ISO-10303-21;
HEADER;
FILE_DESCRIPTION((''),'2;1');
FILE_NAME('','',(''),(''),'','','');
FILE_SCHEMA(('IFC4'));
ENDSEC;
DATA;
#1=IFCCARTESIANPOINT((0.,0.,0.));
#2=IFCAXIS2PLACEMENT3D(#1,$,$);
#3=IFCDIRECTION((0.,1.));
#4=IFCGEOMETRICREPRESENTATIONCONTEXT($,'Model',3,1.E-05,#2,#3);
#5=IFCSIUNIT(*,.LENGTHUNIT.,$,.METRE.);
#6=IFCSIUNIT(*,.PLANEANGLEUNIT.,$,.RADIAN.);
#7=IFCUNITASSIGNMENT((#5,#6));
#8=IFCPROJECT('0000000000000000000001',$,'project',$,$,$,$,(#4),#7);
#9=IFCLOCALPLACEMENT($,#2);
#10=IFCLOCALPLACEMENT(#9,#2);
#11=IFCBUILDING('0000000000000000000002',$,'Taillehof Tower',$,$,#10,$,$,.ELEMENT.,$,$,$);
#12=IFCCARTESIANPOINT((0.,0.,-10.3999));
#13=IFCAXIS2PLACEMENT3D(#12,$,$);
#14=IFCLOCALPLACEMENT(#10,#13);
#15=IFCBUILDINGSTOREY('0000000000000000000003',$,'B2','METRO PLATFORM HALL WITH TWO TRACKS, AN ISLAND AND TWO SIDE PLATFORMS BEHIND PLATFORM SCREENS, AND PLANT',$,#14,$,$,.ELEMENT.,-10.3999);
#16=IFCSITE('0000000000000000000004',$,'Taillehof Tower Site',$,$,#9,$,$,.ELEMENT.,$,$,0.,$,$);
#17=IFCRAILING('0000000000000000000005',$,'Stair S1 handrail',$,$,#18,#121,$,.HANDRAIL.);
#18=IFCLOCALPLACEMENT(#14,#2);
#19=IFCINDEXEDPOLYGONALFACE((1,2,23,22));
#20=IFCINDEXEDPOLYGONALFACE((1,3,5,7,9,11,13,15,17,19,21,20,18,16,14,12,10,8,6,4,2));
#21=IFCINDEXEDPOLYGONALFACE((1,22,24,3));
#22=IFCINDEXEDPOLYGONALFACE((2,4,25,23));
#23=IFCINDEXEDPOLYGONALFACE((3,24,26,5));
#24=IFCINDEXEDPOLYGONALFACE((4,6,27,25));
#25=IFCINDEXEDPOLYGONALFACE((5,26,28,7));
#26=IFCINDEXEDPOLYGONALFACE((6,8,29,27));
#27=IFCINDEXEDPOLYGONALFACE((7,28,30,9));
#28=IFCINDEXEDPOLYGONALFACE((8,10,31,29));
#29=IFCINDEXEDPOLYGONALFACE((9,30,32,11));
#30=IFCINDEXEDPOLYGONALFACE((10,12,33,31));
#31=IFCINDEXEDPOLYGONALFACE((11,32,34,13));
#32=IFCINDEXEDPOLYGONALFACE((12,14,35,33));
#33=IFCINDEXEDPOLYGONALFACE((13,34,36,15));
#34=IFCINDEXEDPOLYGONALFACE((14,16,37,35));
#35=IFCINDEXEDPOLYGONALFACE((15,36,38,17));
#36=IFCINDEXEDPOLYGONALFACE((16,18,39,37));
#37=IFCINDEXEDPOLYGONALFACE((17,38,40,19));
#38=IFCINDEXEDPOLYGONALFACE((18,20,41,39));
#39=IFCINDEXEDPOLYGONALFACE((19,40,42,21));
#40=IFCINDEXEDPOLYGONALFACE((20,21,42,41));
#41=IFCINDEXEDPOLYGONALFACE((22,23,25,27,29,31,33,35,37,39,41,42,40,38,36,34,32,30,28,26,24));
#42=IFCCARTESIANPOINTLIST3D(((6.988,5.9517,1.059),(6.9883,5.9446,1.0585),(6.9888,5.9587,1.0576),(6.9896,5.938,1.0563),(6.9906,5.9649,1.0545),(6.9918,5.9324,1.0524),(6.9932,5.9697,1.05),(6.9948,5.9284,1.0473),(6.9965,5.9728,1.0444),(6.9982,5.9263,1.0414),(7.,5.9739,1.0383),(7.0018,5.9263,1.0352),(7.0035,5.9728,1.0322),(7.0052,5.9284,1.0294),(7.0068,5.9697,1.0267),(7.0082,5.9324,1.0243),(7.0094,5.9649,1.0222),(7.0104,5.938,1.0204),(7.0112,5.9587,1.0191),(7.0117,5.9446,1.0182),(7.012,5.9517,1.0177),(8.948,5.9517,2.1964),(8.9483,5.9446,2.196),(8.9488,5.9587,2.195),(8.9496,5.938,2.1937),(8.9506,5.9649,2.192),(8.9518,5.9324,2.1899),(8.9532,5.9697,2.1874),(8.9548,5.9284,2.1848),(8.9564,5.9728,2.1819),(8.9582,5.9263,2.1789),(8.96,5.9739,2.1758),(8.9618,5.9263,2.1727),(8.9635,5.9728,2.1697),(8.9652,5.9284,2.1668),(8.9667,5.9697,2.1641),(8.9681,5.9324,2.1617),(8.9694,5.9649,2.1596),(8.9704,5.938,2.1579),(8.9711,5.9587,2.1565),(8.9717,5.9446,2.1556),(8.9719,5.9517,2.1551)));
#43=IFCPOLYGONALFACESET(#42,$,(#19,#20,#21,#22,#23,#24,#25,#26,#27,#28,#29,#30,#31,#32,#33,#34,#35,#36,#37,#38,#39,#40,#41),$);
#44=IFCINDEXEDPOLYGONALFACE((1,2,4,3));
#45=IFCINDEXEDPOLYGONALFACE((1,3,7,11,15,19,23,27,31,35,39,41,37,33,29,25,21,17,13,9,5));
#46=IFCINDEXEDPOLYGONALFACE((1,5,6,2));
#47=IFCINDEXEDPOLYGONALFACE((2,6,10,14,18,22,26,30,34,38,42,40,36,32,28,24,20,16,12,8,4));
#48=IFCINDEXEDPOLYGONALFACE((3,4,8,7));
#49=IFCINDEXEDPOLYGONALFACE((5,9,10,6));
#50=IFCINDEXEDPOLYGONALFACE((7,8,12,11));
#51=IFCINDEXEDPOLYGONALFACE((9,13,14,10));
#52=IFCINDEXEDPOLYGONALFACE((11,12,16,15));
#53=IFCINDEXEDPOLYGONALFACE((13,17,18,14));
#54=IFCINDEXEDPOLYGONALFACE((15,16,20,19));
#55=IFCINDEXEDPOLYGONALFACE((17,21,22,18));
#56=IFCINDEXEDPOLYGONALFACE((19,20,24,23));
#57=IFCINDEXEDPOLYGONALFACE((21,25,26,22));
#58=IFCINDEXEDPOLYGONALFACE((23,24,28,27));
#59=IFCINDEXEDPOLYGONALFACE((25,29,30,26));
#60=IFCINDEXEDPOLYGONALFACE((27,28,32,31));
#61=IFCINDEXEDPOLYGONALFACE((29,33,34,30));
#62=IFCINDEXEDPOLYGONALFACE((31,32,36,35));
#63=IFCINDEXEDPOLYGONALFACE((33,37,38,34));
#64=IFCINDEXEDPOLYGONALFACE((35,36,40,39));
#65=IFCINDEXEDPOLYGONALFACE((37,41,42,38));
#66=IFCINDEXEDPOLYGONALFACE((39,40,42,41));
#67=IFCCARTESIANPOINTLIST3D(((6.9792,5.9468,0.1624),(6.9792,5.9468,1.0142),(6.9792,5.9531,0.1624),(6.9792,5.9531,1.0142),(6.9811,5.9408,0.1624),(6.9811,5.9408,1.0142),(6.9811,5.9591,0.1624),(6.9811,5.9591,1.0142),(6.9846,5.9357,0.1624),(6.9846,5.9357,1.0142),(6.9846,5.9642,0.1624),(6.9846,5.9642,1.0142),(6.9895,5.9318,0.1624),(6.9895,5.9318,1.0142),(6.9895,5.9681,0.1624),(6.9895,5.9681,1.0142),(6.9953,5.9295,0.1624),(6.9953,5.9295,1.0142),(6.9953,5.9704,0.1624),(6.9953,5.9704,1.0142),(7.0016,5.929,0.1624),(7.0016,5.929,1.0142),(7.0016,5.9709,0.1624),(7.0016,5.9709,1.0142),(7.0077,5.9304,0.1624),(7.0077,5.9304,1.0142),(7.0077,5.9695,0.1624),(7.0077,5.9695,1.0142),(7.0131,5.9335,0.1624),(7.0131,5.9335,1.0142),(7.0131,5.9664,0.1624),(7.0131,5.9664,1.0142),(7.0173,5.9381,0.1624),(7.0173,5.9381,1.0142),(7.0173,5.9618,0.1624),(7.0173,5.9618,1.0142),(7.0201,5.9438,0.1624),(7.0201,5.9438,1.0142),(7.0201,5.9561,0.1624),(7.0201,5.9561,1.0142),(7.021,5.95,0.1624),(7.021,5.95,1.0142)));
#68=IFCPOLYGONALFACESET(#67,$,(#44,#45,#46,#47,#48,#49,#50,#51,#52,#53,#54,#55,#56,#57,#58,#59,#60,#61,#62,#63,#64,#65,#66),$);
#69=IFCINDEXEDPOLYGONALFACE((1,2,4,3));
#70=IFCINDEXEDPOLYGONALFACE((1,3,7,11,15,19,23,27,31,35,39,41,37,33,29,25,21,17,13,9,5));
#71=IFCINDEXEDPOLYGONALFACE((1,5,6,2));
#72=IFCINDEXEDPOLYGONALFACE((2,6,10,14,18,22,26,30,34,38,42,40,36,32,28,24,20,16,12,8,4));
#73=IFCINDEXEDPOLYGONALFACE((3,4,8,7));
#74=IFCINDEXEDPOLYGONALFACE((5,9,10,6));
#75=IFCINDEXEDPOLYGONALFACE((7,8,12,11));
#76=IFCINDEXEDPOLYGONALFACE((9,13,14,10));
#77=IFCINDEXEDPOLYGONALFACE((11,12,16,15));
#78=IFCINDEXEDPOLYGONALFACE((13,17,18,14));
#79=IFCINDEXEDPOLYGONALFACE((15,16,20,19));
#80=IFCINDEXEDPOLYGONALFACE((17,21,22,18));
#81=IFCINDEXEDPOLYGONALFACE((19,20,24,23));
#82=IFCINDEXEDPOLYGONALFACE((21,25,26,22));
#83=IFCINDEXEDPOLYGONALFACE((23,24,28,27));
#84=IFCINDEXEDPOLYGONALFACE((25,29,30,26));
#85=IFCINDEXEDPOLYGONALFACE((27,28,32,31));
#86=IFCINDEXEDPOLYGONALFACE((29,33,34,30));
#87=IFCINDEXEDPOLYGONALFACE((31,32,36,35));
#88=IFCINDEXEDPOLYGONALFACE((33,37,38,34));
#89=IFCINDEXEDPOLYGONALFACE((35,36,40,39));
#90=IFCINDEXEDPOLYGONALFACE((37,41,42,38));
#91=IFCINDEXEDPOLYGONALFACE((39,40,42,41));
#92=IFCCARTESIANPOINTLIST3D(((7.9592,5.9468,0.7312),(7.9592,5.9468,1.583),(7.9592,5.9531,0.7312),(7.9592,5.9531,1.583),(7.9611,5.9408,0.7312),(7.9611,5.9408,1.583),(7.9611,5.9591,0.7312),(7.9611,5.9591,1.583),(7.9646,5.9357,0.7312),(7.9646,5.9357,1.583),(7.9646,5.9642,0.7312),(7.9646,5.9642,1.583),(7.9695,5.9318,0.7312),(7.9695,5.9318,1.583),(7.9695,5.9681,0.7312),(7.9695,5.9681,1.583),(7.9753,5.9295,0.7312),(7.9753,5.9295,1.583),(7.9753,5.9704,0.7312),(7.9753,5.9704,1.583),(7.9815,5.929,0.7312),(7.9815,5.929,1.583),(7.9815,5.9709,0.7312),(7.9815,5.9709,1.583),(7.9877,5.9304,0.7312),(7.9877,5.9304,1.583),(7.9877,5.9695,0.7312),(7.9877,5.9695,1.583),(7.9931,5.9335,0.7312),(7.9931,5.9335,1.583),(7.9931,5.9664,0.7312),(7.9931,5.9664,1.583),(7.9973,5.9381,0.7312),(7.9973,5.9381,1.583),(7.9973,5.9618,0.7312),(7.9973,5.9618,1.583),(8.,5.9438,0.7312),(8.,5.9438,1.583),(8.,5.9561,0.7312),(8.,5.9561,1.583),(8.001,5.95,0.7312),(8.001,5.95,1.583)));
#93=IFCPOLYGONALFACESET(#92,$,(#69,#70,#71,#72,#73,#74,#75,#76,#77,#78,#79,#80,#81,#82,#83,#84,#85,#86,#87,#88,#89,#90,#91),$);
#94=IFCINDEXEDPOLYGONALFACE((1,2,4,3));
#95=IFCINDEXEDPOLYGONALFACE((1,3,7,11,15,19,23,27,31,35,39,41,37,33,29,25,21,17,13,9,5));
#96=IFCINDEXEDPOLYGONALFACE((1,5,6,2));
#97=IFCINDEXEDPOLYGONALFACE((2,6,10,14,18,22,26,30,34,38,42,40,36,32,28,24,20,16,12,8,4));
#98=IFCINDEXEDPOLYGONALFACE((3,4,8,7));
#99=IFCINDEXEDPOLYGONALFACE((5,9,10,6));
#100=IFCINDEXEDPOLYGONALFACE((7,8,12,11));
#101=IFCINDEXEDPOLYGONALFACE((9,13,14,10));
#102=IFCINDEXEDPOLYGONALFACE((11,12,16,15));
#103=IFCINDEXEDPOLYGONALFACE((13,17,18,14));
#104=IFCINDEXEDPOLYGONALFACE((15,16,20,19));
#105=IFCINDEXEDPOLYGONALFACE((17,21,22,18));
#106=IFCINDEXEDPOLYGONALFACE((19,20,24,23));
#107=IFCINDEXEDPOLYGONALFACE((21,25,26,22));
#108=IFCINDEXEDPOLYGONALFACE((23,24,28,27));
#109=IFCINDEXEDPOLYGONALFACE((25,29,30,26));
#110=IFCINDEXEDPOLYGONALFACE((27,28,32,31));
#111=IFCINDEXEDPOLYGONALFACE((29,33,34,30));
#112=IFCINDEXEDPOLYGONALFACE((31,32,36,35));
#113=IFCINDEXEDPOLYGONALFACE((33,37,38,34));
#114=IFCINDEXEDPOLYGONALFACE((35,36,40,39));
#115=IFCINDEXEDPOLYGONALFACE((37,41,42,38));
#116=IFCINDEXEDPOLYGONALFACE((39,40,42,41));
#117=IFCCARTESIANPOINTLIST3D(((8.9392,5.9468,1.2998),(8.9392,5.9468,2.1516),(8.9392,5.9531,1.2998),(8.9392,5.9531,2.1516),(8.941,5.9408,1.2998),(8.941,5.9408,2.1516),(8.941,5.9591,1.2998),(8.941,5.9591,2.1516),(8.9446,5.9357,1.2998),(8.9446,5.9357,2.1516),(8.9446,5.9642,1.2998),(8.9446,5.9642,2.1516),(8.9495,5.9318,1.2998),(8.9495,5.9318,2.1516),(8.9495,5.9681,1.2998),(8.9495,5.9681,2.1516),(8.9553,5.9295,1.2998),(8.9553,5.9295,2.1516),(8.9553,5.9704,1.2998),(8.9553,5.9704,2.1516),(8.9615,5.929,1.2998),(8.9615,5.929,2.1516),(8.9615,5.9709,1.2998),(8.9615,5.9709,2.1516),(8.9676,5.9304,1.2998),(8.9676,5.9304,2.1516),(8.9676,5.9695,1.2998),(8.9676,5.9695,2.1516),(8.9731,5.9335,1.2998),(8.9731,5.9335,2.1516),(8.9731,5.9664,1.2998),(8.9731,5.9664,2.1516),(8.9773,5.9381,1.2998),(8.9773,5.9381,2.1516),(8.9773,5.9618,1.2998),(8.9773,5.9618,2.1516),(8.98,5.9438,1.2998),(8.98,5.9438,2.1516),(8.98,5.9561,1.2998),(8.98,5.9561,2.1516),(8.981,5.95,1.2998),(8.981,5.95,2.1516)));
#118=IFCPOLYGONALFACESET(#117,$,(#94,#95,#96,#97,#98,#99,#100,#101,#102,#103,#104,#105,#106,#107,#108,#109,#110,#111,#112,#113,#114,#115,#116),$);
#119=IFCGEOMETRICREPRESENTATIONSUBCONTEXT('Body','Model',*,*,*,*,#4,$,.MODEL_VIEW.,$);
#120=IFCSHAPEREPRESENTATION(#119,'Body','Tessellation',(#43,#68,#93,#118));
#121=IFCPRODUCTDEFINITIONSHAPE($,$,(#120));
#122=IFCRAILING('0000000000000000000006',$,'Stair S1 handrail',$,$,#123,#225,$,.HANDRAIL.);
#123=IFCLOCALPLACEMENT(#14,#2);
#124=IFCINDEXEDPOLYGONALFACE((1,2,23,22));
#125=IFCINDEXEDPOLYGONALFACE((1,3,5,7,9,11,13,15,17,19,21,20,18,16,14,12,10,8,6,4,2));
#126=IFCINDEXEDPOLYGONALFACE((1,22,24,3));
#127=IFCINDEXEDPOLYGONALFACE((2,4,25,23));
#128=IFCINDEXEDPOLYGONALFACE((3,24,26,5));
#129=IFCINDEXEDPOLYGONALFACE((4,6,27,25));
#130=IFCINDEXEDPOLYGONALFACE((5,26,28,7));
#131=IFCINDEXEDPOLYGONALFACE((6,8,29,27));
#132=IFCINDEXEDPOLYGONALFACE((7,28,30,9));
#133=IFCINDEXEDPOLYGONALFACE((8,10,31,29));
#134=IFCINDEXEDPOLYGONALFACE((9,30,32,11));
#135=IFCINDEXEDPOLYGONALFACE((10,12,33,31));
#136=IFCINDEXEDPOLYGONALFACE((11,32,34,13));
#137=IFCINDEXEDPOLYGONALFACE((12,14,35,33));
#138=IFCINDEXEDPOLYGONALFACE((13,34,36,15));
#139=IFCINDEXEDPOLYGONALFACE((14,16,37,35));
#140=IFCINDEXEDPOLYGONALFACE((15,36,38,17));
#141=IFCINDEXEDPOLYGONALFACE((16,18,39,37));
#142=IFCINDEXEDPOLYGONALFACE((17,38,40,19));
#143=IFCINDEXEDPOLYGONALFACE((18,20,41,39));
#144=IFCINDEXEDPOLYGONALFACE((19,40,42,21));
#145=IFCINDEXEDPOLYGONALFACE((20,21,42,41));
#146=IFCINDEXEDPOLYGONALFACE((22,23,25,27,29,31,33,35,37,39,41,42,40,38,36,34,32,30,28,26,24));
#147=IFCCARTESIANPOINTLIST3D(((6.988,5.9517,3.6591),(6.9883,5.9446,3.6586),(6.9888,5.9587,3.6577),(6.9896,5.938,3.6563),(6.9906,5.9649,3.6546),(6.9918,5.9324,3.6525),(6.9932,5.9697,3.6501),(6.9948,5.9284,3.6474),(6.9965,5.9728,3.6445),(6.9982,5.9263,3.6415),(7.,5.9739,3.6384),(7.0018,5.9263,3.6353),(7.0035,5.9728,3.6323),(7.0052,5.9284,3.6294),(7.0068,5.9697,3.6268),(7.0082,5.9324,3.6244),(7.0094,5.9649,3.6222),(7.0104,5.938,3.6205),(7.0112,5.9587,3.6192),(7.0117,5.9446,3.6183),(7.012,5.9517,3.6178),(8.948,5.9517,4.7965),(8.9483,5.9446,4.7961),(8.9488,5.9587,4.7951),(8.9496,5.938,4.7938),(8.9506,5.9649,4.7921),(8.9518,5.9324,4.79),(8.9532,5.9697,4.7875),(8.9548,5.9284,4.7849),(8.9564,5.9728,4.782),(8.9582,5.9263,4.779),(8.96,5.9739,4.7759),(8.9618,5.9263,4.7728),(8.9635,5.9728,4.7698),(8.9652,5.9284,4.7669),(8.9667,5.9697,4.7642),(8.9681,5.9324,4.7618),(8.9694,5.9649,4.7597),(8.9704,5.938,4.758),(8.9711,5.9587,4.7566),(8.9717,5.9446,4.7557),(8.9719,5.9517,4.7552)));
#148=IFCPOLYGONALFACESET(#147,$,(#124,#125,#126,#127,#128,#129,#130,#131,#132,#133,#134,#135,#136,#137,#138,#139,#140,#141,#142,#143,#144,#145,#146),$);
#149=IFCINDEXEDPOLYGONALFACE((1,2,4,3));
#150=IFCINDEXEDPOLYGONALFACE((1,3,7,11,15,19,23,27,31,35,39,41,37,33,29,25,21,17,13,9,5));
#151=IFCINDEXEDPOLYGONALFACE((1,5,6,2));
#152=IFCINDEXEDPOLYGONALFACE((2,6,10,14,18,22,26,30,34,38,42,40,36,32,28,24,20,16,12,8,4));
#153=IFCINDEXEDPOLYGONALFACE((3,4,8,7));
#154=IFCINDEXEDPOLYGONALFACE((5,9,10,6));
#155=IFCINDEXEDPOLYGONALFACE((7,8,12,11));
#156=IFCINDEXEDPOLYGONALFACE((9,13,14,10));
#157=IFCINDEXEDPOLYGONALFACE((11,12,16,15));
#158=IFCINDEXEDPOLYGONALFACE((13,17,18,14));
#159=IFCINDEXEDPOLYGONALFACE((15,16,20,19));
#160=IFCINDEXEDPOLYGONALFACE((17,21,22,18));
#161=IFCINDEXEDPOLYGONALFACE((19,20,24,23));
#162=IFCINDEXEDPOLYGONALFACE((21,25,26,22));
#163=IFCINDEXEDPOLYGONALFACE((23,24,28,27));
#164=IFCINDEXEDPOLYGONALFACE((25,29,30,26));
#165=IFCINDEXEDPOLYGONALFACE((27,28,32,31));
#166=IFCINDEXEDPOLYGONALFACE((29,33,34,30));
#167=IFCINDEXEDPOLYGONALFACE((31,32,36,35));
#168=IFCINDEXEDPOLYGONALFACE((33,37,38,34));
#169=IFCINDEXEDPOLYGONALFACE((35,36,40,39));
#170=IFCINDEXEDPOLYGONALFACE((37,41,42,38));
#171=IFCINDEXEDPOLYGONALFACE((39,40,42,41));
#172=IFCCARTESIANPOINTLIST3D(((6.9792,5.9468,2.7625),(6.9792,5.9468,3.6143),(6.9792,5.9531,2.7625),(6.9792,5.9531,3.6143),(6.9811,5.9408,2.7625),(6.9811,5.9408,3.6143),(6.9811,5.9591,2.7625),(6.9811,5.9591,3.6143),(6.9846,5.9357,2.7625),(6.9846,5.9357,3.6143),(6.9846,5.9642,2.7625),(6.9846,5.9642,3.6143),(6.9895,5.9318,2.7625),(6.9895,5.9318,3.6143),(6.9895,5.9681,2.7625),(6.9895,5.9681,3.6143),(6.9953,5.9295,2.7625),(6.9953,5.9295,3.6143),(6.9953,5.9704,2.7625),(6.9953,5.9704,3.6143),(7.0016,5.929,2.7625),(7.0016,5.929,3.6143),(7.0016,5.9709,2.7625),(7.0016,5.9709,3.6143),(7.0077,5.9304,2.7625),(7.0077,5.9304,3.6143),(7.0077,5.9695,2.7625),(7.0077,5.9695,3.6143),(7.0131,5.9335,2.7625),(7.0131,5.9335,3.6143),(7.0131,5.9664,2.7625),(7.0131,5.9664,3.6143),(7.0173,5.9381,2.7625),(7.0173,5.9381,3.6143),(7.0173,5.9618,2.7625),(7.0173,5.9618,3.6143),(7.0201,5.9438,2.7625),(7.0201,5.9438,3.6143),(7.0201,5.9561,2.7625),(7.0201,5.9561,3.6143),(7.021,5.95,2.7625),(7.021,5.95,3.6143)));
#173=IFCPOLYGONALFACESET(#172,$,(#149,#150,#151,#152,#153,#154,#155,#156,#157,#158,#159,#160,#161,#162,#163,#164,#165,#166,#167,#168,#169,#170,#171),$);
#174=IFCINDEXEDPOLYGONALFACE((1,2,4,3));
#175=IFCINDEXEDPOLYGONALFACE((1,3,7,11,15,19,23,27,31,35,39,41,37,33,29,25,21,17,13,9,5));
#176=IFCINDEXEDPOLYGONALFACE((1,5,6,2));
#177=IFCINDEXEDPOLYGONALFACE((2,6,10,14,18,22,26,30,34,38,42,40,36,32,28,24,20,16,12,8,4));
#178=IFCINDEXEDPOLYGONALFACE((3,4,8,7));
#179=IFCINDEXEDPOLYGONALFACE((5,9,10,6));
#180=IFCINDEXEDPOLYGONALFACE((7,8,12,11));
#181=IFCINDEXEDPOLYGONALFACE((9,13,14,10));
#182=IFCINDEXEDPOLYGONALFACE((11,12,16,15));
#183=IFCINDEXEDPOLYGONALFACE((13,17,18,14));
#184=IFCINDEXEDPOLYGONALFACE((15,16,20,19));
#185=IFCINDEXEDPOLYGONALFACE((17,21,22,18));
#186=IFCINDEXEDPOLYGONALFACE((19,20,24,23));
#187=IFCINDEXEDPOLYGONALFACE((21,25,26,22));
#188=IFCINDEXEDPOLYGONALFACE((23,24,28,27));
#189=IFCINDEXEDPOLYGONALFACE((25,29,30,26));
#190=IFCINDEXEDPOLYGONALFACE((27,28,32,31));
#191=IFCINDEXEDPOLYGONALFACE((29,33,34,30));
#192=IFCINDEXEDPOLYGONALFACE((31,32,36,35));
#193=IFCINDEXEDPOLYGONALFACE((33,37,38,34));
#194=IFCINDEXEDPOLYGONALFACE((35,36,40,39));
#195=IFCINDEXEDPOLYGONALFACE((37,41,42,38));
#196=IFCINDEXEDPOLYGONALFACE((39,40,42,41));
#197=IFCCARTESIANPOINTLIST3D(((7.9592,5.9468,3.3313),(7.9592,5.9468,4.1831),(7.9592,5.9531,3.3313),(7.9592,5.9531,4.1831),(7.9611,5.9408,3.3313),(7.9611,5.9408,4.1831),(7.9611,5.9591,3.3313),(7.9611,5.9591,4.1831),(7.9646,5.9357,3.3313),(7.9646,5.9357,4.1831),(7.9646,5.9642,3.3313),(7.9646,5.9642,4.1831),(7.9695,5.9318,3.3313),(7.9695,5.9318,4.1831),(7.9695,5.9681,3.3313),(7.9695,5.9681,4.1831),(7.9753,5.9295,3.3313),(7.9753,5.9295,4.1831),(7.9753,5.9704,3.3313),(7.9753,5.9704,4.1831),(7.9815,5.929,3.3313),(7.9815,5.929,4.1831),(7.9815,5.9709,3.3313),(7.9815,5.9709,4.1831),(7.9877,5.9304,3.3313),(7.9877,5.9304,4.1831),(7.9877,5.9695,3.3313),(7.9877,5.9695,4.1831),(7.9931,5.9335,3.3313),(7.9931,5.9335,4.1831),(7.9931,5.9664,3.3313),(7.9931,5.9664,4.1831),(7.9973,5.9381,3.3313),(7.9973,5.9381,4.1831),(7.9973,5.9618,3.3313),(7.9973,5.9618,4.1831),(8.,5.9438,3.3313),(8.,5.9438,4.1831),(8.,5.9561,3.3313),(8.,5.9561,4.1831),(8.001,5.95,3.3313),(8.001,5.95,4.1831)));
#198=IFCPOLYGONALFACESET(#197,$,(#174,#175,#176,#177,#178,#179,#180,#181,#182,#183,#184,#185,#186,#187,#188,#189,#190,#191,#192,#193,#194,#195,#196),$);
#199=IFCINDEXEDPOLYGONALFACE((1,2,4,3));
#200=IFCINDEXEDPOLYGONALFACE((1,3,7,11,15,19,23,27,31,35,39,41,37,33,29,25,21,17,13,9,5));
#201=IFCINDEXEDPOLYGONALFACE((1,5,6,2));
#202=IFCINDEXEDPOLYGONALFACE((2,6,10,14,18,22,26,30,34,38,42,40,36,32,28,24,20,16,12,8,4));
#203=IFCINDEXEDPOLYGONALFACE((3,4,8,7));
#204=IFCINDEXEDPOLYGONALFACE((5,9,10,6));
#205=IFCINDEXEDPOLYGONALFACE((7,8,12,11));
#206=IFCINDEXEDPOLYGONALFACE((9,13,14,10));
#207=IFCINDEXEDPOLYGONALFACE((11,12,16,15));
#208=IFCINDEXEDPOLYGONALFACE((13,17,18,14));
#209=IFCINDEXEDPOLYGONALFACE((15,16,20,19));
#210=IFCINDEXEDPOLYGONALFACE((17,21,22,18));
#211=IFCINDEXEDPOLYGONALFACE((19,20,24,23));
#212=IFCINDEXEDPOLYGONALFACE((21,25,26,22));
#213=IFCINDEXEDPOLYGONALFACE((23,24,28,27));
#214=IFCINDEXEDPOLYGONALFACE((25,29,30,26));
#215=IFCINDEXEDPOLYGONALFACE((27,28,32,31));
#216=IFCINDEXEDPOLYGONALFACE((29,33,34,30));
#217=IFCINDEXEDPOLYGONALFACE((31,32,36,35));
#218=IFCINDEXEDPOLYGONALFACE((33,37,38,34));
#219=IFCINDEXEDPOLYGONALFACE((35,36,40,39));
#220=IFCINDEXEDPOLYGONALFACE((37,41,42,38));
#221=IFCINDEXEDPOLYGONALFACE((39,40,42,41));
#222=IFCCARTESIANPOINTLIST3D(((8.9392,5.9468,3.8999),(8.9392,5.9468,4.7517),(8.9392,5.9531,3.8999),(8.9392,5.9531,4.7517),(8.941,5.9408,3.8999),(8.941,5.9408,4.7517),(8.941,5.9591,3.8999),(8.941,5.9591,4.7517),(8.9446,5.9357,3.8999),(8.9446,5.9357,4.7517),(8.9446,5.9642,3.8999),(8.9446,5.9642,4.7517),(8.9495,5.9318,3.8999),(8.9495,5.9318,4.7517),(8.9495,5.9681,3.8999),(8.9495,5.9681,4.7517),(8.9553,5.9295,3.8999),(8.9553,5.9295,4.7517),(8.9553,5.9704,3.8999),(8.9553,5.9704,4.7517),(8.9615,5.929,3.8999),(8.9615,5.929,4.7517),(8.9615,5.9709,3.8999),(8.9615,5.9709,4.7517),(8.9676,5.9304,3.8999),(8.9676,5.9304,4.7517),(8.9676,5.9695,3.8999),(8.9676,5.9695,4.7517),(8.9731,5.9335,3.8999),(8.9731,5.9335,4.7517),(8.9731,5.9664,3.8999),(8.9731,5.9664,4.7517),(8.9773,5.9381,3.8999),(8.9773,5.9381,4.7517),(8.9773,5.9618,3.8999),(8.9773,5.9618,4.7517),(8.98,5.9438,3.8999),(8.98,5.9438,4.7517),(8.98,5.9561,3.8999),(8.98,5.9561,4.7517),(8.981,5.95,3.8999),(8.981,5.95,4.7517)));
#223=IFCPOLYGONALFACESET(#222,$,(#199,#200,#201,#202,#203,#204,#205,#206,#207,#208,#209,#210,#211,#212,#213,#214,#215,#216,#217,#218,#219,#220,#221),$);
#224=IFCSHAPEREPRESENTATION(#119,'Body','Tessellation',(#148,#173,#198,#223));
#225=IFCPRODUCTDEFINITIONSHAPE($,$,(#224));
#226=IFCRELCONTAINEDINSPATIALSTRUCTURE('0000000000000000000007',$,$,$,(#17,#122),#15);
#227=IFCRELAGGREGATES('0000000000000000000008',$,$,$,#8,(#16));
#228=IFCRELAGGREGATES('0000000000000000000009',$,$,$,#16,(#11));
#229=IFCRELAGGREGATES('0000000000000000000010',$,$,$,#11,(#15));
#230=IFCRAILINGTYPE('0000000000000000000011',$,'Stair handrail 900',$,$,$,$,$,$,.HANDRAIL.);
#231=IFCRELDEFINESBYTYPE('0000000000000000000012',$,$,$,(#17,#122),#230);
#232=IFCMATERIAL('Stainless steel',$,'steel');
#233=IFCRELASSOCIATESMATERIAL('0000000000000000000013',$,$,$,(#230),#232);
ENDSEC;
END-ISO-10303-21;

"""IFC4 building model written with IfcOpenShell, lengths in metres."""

from ifc_helpers import new_model, si_unit, direction, frame, origin, origin_2d, place, context, subcontext, project, spatial, circle, extrude, material, type_object, element, save


model = new_model("IFC4")

# Units and contexts
model_context = context("Model", 3, precision=1e-05, world=origin(), true_north=direction((0.0, 1.0)))
body_context = subcontext(model_context, "Body", "Model", "MODEL_VIEW")
ifc_project = project(units=[si_unit("LENGTHUNIT", "METRE"), si_unit("PLANEANGLEUNIT", "RADIAN")], contexts=[model_context])

# Site, building, storey
site_placement = place(None, origin())
site = spatial("IfcSite", under=ifc_project, at=site_placement, Name="Taillehof Tower Site", CompositionType="ELEMENT", RefElevation=0.0)
building_placement = place(site_placement, origin())
building = spatial("IfcBuilding", under=site, at=building_placement, Name="Taillehof Tower", CompositionType="ELEMENT")
storey_placement = place(building_placement, frame((0.0, 0.0, -10.3999)))
storey = spatial("IfcBuildingStorey", under=building, at=storey_placement, Name="B2", Description="METRO PLATFORM HALL WITH TWO TRACKS, AN ISLAND AND TWO SIDE PLATFORMS BEHIND PLATFORM SCREENS, AND PLANT", CompositionType="ELEMENT", Elevation=-10.3999)

# Railings
ifc_material_1 = material(Name="Stainless steel", Category="steel")
railing_type = type_object("IfcRailingType", Name="Stair handrail 900", PredefinedType="HANDRAIL", material=ifc_material_1)
for number, where, name in (
    (1, (7.0, 5.95, 0.1624), "Stair S1 handrail"),
    (2, (7.0, 5.95, 2.7625), "Stair S1 handrail"),
):
    element("IfcRailing", number, at=place(storey_placement, frame(where)), inside=storey, type_object=railing_type, Name=name, PredefinedType="HANDRAIL", context=body_context, shape_type="SweptSolid", body=[
        extrude(circle(Radius=0.0239, at=origin_2d()), frame((0.0, 0.0, 0.876), z_axis=(0.864902, 0.0, 0.501941), x_axis=(0.0, 1.0, 0.0)), (0.0, 0.0, 1.0), 2.2661),
        extrude(circle(Radius=0.021, at=origin_2d()), origin(), (0.0, 0.0, 1.0), 0.8518),
        extrude(circle(Radius=0.021, at=origin_2d()), frame((0.98, 0.0, 0.5688)), (0.0, 0.0, 1.0), 0.8518),
        extrude(circle(Radius=0.021, at=origin_2d()), frame((1.96, 0.0, 1.1375)), (0.0, 0.0, 1.0), 0.8518),
    ])

save(model, "model.ifc")
